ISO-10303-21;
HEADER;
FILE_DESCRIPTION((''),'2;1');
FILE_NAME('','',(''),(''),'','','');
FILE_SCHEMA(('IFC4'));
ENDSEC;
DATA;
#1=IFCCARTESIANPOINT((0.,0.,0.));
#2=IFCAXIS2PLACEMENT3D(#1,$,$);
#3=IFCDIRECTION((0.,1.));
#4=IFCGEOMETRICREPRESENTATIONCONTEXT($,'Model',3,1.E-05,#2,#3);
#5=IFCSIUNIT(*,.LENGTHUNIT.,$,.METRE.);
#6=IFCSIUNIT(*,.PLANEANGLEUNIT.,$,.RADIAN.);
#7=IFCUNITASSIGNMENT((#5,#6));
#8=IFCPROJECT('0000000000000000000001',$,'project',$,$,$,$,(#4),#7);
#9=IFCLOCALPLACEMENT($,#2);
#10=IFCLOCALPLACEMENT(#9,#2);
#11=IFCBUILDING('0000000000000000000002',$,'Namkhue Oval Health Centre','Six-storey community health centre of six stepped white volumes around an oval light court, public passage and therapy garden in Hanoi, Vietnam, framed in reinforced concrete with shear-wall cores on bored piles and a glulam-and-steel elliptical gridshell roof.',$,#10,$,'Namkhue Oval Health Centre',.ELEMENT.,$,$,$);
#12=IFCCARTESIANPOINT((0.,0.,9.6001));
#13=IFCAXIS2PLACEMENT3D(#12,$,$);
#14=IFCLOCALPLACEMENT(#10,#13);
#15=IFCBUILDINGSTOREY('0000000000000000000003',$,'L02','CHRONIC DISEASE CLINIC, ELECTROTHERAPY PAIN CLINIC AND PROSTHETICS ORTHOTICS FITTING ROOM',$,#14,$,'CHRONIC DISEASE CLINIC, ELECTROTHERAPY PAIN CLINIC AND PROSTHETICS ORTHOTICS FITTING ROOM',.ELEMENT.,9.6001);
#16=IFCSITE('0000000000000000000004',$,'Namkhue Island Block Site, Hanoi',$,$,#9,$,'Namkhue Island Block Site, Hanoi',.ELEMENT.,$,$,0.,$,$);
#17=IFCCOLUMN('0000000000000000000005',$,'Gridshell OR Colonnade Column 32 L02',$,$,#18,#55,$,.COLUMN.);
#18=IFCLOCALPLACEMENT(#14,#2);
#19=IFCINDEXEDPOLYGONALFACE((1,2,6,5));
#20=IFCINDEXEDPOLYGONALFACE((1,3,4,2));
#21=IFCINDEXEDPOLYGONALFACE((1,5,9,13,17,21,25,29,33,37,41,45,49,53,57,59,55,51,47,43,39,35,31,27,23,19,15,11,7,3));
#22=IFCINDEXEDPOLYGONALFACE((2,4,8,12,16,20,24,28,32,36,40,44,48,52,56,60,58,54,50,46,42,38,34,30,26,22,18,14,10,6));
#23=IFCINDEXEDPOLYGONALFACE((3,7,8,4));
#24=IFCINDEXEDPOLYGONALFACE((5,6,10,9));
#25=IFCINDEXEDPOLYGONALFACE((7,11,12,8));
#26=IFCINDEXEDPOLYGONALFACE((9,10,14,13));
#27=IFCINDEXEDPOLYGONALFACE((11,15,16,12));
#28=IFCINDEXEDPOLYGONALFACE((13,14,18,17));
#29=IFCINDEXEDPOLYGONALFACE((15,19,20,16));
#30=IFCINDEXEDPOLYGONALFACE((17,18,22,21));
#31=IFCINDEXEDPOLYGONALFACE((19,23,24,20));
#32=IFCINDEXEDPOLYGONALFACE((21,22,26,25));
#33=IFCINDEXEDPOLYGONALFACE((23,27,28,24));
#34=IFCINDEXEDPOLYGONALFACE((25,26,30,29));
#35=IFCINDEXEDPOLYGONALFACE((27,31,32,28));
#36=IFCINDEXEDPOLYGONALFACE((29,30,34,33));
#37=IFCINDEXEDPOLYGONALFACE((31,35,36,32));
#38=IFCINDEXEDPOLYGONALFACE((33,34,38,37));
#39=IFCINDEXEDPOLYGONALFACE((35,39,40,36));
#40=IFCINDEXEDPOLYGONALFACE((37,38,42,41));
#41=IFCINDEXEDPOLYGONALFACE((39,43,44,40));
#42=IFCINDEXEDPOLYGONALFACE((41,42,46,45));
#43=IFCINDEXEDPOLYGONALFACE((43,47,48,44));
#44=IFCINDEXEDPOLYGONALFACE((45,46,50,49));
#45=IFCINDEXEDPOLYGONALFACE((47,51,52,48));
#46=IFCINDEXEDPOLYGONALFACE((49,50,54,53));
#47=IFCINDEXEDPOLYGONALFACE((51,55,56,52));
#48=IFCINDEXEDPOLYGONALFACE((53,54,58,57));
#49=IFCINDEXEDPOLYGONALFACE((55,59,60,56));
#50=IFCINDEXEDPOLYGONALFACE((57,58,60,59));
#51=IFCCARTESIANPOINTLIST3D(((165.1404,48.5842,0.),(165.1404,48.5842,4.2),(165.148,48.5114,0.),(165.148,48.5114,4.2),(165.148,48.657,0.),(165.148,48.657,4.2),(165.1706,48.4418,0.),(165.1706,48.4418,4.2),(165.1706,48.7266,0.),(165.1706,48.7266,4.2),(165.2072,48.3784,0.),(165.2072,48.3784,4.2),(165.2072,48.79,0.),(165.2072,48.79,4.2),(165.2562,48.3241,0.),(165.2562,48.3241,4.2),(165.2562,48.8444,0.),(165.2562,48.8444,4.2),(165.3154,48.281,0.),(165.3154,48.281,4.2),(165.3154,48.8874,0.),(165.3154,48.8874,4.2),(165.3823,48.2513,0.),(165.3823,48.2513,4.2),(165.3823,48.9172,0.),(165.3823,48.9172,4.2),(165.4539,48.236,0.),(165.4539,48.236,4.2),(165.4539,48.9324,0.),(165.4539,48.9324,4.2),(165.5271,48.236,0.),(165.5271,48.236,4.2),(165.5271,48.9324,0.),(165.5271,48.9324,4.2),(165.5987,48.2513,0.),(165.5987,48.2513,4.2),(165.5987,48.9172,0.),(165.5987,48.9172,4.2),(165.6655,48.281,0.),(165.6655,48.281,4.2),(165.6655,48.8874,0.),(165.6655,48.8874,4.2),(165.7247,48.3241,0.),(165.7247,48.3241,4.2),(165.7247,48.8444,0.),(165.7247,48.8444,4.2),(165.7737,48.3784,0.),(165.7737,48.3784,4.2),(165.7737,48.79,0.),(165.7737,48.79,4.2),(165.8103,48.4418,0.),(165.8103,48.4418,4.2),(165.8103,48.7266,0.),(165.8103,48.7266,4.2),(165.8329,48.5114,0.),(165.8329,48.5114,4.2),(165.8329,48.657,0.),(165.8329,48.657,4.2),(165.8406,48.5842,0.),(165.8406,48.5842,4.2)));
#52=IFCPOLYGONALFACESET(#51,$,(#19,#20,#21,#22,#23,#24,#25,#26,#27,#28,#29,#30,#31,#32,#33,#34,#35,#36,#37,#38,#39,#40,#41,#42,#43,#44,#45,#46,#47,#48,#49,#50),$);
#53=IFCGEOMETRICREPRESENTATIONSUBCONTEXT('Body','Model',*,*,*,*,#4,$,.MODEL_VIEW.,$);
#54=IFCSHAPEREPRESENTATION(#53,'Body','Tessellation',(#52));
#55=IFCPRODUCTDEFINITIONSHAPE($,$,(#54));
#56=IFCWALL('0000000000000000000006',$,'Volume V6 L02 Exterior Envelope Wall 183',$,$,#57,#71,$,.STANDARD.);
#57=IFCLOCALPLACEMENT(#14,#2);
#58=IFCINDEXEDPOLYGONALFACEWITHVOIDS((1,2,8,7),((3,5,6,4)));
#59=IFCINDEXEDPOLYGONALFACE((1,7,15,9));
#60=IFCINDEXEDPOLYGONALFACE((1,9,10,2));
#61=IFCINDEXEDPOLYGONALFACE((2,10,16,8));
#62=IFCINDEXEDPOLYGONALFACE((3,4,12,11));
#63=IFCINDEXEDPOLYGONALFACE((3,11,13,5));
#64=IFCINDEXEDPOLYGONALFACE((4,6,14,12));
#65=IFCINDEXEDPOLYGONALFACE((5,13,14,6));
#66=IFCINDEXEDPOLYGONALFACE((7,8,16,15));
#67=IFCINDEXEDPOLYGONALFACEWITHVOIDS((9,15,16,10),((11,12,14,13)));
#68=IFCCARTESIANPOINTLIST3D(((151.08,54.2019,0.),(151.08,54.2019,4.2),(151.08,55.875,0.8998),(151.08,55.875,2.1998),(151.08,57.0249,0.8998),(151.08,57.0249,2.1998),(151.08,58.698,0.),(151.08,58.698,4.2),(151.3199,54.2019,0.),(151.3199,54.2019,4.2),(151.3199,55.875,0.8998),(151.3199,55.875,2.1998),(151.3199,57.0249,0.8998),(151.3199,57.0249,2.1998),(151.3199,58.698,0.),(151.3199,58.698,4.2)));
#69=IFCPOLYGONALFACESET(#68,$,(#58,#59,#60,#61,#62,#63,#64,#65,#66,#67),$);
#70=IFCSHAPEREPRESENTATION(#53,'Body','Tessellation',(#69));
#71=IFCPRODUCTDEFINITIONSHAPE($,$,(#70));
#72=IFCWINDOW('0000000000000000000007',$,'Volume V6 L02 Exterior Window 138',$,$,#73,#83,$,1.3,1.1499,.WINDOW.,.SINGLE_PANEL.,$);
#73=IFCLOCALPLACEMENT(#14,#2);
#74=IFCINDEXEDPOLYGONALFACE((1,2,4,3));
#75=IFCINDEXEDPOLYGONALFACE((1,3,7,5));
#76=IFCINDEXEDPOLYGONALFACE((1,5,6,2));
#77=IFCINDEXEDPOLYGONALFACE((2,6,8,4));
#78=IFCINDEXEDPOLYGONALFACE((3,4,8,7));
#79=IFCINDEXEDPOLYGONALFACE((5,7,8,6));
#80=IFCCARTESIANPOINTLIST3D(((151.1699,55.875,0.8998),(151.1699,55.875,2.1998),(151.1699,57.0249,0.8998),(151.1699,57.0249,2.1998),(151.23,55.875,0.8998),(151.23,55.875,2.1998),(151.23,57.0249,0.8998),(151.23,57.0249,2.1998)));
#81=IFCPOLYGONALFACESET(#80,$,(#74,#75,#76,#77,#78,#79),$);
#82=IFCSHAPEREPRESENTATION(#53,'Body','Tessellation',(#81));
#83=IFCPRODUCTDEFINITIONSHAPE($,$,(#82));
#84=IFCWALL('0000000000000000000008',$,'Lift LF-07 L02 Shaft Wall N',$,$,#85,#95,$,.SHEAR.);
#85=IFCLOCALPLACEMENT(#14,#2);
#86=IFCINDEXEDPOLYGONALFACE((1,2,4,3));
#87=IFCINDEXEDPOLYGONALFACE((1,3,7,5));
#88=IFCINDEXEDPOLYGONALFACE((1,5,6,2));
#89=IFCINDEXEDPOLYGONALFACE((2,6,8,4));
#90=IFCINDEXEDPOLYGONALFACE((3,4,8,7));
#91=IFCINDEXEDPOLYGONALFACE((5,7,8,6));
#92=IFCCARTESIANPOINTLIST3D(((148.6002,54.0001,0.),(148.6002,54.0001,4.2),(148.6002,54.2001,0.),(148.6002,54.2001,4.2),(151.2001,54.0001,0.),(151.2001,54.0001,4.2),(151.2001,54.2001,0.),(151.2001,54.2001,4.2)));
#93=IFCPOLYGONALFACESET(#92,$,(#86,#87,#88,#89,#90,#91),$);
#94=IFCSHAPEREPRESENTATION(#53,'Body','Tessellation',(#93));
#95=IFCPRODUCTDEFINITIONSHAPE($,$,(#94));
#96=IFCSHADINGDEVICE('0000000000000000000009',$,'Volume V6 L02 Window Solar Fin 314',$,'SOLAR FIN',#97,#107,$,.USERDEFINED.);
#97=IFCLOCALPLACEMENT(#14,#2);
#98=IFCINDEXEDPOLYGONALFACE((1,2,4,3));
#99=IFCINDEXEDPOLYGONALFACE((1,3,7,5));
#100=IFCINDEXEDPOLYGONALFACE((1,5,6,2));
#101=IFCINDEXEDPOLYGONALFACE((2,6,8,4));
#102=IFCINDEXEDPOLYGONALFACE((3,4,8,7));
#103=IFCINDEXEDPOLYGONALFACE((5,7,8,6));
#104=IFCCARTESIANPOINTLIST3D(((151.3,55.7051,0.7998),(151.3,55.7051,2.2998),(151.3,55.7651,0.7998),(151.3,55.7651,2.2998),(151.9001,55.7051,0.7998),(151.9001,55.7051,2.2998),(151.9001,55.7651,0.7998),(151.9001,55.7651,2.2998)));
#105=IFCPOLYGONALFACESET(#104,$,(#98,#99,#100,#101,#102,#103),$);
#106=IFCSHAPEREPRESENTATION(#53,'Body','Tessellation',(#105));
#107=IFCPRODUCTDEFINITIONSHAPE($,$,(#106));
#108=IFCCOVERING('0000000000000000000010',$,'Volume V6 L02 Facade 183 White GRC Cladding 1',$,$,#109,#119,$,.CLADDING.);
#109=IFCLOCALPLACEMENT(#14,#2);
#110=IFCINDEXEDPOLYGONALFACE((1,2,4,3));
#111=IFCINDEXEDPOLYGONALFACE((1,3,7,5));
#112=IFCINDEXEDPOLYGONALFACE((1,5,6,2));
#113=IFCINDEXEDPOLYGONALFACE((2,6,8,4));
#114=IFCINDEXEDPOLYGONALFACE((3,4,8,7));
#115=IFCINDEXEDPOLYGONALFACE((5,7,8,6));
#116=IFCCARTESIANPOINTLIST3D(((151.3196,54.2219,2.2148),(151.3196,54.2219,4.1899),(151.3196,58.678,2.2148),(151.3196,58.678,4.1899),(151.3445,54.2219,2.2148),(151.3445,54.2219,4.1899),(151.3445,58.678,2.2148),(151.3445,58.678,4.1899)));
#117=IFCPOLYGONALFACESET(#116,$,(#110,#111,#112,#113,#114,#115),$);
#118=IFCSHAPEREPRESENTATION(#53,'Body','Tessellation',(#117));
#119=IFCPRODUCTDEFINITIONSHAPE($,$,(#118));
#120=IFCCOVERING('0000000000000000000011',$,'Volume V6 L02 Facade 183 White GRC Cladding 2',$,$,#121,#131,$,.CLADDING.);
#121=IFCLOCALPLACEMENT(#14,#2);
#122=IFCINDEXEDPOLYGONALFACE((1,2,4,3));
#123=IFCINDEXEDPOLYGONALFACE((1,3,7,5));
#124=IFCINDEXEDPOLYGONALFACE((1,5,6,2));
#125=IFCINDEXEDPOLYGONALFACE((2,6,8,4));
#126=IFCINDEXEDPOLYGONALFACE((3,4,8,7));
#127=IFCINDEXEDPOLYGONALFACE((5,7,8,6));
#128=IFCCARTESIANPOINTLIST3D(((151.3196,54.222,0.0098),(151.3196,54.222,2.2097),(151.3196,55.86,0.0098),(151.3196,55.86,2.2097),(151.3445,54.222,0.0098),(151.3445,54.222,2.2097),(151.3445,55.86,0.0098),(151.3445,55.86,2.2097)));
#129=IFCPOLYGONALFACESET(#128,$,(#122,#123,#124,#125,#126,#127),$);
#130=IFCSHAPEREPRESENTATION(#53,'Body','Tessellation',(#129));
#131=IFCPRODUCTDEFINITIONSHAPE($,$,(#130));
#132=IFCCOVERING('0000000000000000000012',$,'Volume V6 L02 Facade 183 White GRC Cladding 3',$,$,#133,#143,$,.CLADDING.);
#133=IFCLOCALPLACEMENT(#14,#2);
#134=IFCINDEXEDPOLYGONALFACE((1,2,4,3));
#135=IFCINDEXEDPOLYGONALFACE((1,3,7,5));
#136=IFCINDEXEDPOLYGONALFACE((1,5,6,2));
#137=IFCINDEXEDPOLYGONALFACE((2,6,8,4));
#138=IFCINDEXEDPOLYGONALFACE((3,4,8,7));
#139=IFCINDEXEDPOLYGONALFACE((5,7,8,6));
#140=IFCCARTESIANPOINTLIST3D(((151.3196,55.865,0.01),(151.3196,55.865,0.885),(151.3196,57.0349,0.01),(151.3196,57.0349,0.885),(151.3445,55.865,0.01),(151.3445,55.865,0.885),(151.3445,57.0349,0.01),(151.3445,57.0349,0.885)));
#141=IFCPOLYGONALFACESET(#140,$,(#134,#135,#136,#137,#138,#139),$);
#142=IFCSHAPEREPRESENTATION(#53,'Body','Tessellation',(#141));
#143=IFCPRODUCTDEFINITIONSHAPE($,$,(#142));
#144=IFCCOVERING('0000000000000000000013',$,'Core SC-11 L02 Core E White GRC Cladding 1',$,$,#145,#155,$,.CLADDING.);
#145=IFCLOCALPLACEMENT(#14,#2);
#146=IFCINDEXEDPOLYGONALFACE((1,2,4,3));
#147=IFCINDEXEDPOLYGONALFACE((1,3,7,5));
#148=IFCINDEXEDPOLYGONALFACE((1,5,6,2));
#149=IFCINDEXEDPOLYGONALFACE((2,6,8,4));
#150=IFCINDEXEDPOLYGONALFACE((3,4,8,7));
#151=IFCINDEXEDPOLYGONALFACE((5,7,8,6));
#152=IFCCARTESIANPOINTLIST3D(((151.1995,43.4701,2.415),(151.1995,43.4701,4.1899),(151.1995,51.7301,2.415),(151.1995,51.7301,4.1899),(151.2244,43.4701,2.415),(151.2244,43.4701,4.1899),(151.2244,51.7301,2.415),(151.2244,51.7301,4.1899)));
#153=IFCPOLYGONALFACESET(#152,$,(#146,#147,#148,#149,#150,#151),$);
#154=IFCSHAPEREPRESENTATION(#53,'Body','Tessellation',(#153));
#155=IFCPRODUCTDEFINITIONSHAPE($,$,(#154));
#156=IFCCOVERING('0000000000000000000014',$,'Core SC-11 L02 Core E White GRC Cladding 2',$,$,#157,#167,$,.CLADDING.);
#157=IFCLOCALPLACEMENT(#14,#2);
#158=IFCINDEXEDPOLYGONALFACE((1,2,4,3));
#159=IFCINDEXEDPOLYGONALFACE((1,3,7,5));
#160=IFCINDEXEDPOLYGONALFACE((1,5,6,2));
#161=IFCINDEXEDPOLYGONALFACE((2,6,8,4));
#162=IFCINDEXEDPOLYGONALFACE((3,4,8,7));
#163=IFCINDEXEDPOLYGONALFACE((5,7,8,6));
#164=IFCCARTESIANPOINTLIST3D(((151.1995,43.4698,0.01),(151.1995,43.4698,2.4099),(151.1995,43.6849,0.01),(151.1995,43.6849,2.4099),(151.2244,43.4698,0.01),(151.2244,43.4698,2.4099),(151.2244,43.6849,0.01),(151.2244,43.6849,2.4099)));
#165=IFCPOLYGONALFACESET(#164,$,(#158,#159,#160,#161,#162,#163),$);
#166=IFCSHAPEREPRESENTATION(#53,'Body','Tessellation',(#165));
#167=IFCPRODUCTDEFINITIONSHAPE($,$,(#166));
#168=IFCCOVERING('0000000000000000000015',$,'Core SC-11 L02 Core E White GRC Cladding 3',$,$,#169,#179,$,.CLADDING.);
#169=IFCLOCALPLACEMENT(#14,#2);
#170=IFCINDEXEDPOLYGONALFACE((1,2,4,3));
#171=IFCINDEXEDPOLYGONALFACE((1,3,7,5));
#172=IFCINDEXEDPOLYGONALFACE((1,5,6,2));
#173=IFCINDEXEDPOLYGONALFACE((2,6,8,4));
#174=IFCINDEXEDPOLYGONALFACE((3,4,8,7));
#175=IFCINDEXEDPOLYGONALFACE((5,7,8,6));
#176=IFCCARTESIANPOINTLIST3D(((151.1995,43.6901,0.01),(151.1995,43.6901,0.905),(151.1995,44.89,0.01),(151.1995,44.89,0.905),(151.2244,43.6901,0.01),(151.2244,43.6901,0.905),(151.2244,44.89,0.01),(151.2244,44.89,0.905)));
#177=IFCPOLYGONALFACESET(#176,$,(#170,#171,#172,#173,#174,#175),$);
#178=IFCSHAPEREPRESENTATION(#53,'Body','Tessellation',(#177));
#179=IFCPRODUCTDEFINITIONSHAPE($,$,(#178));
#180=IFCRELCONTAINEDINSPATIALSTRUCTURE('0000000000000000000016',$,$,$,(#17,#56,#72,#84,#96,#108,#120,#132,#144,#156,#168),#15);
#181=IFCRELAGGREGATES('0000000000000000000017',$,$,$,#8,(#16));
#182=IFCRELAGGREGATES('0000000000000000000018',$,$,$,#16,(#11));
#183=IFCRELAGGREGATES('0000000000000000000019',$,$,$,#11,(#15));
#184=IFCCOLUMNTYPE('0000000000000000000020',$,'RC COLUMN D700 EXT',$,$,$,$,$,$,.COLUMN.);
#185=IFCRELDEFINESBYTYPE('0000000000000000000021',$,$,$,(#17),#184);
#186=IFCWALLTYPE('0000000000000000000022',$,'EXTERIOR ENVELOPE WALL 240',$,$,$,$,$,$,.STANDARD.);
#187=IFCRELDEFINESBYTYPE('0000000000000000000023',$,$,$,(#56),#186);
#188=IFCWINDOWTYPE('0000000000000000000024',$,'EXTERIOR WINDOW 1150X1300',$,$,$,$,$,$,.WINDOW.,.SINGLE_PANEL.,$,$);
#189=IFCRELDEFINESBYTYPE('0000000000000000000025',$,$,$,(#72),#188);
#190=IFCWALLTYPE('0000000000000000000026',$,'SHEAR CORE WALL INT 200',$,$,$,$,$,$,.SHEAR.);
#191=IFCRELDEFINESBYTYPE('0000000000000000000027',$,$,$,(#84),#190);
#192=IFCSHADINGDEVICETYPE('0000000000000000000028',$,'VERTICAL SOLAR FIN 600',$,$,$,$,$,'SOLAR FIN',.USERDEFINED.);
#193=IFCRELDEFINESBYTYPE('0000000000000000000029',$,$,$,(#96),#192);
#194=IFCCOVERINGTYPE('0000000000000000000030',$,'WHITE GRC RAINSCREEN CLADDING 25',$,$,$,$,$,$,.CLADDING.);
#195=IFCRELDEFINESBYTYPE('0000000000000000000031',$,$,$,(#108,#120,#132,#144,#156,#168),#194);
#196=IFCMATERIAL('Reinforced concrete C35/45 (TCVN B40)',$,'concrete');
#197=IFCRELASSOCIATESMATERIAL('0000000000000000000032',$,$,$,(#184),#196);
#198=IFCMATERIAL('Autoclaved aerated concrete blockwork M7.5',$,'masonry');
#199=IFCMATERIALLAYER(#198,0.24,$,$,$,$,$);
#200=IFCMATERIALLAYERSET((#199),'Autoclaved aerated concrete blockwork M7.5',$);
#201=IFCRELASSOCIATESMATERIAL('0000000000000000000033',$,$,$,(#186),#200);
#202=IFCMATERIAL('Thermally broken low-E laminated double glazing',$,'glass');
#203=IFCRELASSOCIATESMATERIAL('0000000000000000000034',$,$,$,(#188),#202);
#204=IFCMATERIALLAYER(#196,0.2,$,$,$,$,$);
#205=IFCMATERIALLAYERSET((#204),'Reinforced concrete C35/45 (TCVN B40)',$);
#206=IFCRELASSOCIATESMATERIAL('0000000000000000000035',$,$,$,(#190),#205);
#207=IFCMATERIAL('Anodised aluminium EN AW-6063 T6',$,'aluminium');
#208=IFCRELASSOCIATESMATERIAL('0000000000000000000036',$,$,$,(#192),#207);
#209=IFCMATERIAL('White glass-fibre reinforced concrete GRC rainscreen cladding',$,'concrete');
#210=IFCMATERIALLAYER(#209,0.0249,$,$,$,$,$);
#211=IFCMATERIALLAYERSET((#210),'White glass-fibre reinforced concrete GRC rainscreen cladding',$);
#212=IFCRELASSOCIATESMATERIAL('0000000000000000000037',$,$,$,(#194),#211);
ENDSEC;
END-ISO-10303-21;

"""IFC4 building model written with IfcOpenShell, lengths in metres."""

from ifc_helpers import new_model, si_unit, direction, frame, frame_2d, origin, origin_2d, place, context, subcontext, project, spatial, rectangle, circle, extrude, material, layer, layer_set, material_profile, profile_set, type_object, element, fill, save


model = new_model("IFC4")

# Units and contexts
model_context = context("Model", 3, precision=1e-05, world=origin(), true_north=direction((0.0, 1.0)))
body_context = subcontext(model_context, "Body", "Model", "MODEL_VIEW")
ifc_project = project(units=[si_unit("LENGTHUNIT", "METRE"), si_unit("PLANEANGLEUNIT", "RADIAN")], contexts=[model_context])

# Site, building, storey
site_placement = place(None, origin())
site = spatial("IfcSite", under=ifc_project, at=site_placement, Name="Namkhue Island Block Site, Hanoi", LongName="Namkhue Island Block Site, Hanoi", CompositionType="ELEMENT", RefElevation=0.0)
building_placement = place(site_placement, origin())
building = spatial("IfcBuilding", under=site, at=building_placement, Name="Namkhue Oval Health Centre", Description="Six-storey community health centre of six stepped white volumes around an oval light court, public passage and therapy garden in Hanoi, Vietnam, framed in reinforced concrete with shear-wall cores on bored piles and a glulam-and-steel elliptical gridshell roof.", LongName="Namkhue Oval Health Centre", CompositionType="ELEMENT")
storey_placement = place(building_placement, frame((0.0, 0.0, 9.6001)))
storey = spatial("IfcBuildingStorey", under=building, at=storey_placement, Name="L02", Description="CHRONIC DISEASE CLINIC, ELECTROTHERAPY PAIN CLINIC AND PROSTHETICS ORTHOTICS FITTING ROOM", LongName="CHRONIC DISEASE CLINIC, ELECTROTHERAPY PAIN CLINIC AND PROSTHETICS ORTHOTICS FITTING ROOM", CompositionType="ELEMENT", Elevation=9.6001)

# Column
ifc_material_1 = material(Name="Reinforced concrete C35/45 (TCVN B40)", Category="concrete")
ifc_material_profile = material_profile(ifc_material_1, circle(Radius=0.3501, at=origin_2d()), Name="RC D700")
ifc_profile_set = profile_set([ifc_material_profile], Name="Reinforced concrete C35/45 (TCVN B40)")
column_type = type_object("IfcColumnType", Name="RC COLUMN D700 EXT", PredefinedType="COLUMN", material=ifc_profile_set)
column_placement = place(storey_placement, frame((165.4905, 48.5842, 0.0), z_axis=(0.0, 0.0, 1.0), x_axis=(1.0, 0.0, 0.0)))
element("IfcColumn", 1, at=column_placement, inside=storey, type_object=column_type, Name="Gridshell OR Colonnade Column 32 L02", PredefinedType="COLUMN", context=body_context, shape_type="SweptSolid", body=[
    extrude(circle(Radius=0.3501, at=origin_2d()), origin(), (0.0, 0.0, 1.0), 4.2),
])

# Wall, opening, window
ifc_material_2 = material(Name="Autoclaved aerated concrete blockwork M7.5", Category="masonry")
ifc_layer_1 = layer(ifc_material_2, 0.24)
ifc_layer_set_1 = layer_set([ifc_layer_1], Name="Autoclaved aerated concrete blockwork M7.5")
wall_type_1 = type_object("IfcWallType", Name="EXTERIOR ENVELOPE WALL 240", PredefinedType="STANDARD", material=ifc_layer_set_1)
wall_1_placement = place(storey_placement, frame((151.2, 54.2019, 0.0), z_axis=(0.0, 0.0, 1.0), x_axis=(0.0, 1.0, 0.0)))
wall_1 = element("IfcWall", 2, at=wall_1_placement, inside=storey, type_object=wall_type_1, Name="Volume V6 L02 Exterior Envelope Wall 183", PredefinedType="STANDARD", context=body_context, shape_type="SweptSolid", body=[
    extrude(rectangle(XDim=4.4961, YDim=0.24, at=frame_2d((2.248, 0.0))), origin(), (0.0, 0.0, 1.0), 4.2),
])
opening_placement = place(wall_1_placement, frame((1.6731, 0.0, 0.8999)))
opening = element("IfcOpeningElement", 3, at=opening_placement, cuts=wall_1, PredefinedType="OPENING", context=body_context, shape_type="SweptSolid", body=[
    extrude(rectangle(XDim=1.1499, YDim=1.3, at=frame_2d((0.575, 0.6499))), frame((0.0, 0.1299, 0.0), z_axis=(0.0, -1.0, 0.0), x_axis=(1.0, 0.0, 0.0)), (0.0, 0.0, 1.0), 0.26),
])
ifc_material_3 = material(Name="Thermally broken low-E laminated double glazing", Category="glass")
window_type = type_object("IfcWindowType", Name="EXTERIOR WINDOW 1150X1300", PartitioningType="SINGLE_PANEL", PredefinedType="WINDOW", material=ifc_material_3)
window_placement = place(opening_placement, origin())
window = element("IfcWindow", 4, at=window_placement, inside=storey, type_object=window_type, Name="Volume V6 L02 Exterior Window 138", OverallHeight=1.3, OverallWidth=1.1499, PartitioningType="SINGLE_PANEL", PredefinedType="WINDOW", context=body_context, shape_type="SweptSolid", body=[
    extrude(rectangle(XDim=1.1499, YDim=1.3, at=frame_2d((0.575, 0.6499))), frame((0.0, 0.03, 0.0), z_axis=(0.0, -1.0, 0.0), x_axis=(1.0, 0.0, 0.0)), (0.0, 0.0, 1.0), 0.0601),
])
fill(opening, window)

# Wall
ifc_layer_2 = layer(ifc_material_1, 0.2)
ifc_layer_set_2 = layer_set([ifc_layer_2], Name="Reinforced concrete C35/45 (TCVN B40)")
wall_type_2 = type_object("IfcWallType", Name="SHEAR CORE WALL INT 200", PredefinedType="SHEAR", material=ifc_layer_set_2)
wall_2_placement = place(storey_placement, frame((151.2, 54.1001, 0.0), z_axis=(0.0, 0.0, 1.0), x_axis=(-1.0, 0.0, 0.0)))
element("IfcWall", 5, at=wall_2_placement, inside=storey, type_object=wall_type_2, Name="Lift LF-07 L02 Shaft Wall N", PredefinedType="SHEAR", context=body_context, shape_type="SweptSolid", body=[
    extrude(rectangle(XDim=2.5999, YDim=0.2, at=frame_2d((1.2998, 0.0))), origin(), (0.0, 0.0, 1.0), 4.2),
])

# Shading device
ifc_material_4 = material(Name="Anodised aluminium EN AW-6063 T6", Category="aluminium")
shading_device_type = type_object("IfcShadingDeviceType", Name="VERTICAL SOLAR FIN 600", ElementType="SOLAR FIN", PredefinedType="USERDEFINED", material=ifc_material_4)
shading_device_placement = place(storey_placement, frame((151.6001, 55.7351, 0.7998), z_axis=(0.0, 0.0, 1.0), x_axis=(1.0, 0.0, 0.0)))
element("IfcShadingDevice", 6, at=shading_device_placement, inside=storey, type_object=shading_device_type, Name="Volume V6 L02 Window Solar Fin 314", ObjectType="SOLAR FIN", PredefinedType="USERDEFINED", context=body_context, shape_type="SweptSolid", body=[
    extrude(rectangle(XDim=0.6001, YDim=0.0601, at=origin_2d()), origin(), (0.0, 0.0, 1.0), 1.5),
])

# Coverings
ifc_material_5 = material(Name="White glass-fibre reinforced concrete GRC rainscreen cladding", Category="concrete")
ifc_layer_3 = layer(ifc_material_5, 0.0249)
ifc_layer_set_3 = layer_set([ifc_layer_3], Name="White glass-fibre reinforced concrete GRC rainscreen cladding")
covering_type = type_object("IfcCoveringType", Name="WHITE GRC RAINSCREEN CLADDING 25", PredefinedType="CLADDING", material=ifc_layer_set_3)
covering_1_placement = place(storey_placement, frame((151.332, 56.45, 2.2148), z_axis=(0.0, 0.0, 1.0), x_axis=(0.0, 1.0, 0.0)))
element("IfcCovering", 7, at=covering_1_placement, inside=storey, type_object=covering_type, Name="Volume V6 L02 Facade 183 White GRC Cladding 1", PredefinedType="CLADDING", context=body_context, shape_type="SweptSolid", body=[
    extrude(rectangle(XDim=4.4561, YDim=0.0249, at=origin_2d()), origin(), (0.0, 0.0, 1.0), 1.9751),
])
covering_2_placement = place(storey_placement, frame((151.332, 55.041, 0.0098), z_axis=(0.0, 0.0, 1.0), x_axis=(0.0, 1.0, 0.0)))
element("IfcCovering", 8, at=covering_2_placement, inside=storey, type_object=covering_type, Name="Volume V6 L02 Facade 183 White GRC Cladding 2", PredefinedType="CLADDING", context=body_context, shape_type="SweptSolid", body=[
    extrude(rectangle(XDim=1.6379, YDim=0.0249, at=origin_2d()), origin(), (0.0, 0.0, 1.0), 2.2),
])
covering_3_placement = place(storey_placement, frame((151.332, 56.45, 0.01), z_axis=(0.0, 0.0, 1.0), x_axis=(0.0, 1.0, 0.0)))
element("IfcCovering", 9, at=covering_3_placement, inside=storey, type_object=covering_type, Name="Volume V6 L02 Facade 183 White GRC Cladding 3", PredefinedType="CLADDING", context=body_context, shape_type="SweptSolid", body=[
    extrude(rectangle(XDim=1.1699, YDim=0.0249, at=origin_2d()), origin(), (0.0, 0.0, 1.0), 0.875),
])
covering_4_placement = place(storey_placement, frame((151.2119, 47.6001, 2.415), z_axis=(0.0, 0.0, 1.0), x_axis=(0.0, 1.0, 0.0)))
element("IfcCovering", 10, at=covering_4_placement, inside=storey, type_object=covering_type, Name="Core SC-11 L02 Core E White GRC Cladding 1", PredefinedType="CLADDING", context=body_context, shape_type="SweptSolid", body=[
    extrude(rectangle(XDim=8.26, YDim=0.0249, at=origin_2d()), origin(), (0.0, 0.0, 1.0), 1.7749),
])
covering_5_placement = place(storey_placement, frame((151.2119, 43.5774, 0.01), z_axis=(0.0, 0.0, 1.0), x_axis=(0.0, 1.0, 0.0)))
element("IfcCovering", 11, at=covering_5_placement, inside=storey, type_object=covering_type, Name="Core SC-11 L02 Core E White GRC Cladding 2", PredefinedType="CLADDING", context=body_context, shape_type="SweptSolid", body=[
    extrude(rectangle(XDim=0.2151, YDim=0.0249, at=origin_2d()), origin(), (0.0, 0.0, 1.0), 2.3999),
])
covering_6_placement = place(storey_placement, frame((151.2119, 44.29, 0.01), z_axis=(0.0, 0.0, 1.0), x_axis=(0.0, 1.0, 0.0)))
element("IfcCovering", 12, at=covering_6_placement, inside=storey, type_object=covering_type, Name="Core SC-11 L02 Core E White GRC Cladding 3", PredefinedType="CLADDING", context=body_context, shape_type="SweptSolid", body=[
    extrude(rectangle(XDim=1.2, YDim=0.0249, at=origin_2d()), origin(), (0.0, 0.0, 1.0), 0.895),
])

save(model, "model.ifc")
